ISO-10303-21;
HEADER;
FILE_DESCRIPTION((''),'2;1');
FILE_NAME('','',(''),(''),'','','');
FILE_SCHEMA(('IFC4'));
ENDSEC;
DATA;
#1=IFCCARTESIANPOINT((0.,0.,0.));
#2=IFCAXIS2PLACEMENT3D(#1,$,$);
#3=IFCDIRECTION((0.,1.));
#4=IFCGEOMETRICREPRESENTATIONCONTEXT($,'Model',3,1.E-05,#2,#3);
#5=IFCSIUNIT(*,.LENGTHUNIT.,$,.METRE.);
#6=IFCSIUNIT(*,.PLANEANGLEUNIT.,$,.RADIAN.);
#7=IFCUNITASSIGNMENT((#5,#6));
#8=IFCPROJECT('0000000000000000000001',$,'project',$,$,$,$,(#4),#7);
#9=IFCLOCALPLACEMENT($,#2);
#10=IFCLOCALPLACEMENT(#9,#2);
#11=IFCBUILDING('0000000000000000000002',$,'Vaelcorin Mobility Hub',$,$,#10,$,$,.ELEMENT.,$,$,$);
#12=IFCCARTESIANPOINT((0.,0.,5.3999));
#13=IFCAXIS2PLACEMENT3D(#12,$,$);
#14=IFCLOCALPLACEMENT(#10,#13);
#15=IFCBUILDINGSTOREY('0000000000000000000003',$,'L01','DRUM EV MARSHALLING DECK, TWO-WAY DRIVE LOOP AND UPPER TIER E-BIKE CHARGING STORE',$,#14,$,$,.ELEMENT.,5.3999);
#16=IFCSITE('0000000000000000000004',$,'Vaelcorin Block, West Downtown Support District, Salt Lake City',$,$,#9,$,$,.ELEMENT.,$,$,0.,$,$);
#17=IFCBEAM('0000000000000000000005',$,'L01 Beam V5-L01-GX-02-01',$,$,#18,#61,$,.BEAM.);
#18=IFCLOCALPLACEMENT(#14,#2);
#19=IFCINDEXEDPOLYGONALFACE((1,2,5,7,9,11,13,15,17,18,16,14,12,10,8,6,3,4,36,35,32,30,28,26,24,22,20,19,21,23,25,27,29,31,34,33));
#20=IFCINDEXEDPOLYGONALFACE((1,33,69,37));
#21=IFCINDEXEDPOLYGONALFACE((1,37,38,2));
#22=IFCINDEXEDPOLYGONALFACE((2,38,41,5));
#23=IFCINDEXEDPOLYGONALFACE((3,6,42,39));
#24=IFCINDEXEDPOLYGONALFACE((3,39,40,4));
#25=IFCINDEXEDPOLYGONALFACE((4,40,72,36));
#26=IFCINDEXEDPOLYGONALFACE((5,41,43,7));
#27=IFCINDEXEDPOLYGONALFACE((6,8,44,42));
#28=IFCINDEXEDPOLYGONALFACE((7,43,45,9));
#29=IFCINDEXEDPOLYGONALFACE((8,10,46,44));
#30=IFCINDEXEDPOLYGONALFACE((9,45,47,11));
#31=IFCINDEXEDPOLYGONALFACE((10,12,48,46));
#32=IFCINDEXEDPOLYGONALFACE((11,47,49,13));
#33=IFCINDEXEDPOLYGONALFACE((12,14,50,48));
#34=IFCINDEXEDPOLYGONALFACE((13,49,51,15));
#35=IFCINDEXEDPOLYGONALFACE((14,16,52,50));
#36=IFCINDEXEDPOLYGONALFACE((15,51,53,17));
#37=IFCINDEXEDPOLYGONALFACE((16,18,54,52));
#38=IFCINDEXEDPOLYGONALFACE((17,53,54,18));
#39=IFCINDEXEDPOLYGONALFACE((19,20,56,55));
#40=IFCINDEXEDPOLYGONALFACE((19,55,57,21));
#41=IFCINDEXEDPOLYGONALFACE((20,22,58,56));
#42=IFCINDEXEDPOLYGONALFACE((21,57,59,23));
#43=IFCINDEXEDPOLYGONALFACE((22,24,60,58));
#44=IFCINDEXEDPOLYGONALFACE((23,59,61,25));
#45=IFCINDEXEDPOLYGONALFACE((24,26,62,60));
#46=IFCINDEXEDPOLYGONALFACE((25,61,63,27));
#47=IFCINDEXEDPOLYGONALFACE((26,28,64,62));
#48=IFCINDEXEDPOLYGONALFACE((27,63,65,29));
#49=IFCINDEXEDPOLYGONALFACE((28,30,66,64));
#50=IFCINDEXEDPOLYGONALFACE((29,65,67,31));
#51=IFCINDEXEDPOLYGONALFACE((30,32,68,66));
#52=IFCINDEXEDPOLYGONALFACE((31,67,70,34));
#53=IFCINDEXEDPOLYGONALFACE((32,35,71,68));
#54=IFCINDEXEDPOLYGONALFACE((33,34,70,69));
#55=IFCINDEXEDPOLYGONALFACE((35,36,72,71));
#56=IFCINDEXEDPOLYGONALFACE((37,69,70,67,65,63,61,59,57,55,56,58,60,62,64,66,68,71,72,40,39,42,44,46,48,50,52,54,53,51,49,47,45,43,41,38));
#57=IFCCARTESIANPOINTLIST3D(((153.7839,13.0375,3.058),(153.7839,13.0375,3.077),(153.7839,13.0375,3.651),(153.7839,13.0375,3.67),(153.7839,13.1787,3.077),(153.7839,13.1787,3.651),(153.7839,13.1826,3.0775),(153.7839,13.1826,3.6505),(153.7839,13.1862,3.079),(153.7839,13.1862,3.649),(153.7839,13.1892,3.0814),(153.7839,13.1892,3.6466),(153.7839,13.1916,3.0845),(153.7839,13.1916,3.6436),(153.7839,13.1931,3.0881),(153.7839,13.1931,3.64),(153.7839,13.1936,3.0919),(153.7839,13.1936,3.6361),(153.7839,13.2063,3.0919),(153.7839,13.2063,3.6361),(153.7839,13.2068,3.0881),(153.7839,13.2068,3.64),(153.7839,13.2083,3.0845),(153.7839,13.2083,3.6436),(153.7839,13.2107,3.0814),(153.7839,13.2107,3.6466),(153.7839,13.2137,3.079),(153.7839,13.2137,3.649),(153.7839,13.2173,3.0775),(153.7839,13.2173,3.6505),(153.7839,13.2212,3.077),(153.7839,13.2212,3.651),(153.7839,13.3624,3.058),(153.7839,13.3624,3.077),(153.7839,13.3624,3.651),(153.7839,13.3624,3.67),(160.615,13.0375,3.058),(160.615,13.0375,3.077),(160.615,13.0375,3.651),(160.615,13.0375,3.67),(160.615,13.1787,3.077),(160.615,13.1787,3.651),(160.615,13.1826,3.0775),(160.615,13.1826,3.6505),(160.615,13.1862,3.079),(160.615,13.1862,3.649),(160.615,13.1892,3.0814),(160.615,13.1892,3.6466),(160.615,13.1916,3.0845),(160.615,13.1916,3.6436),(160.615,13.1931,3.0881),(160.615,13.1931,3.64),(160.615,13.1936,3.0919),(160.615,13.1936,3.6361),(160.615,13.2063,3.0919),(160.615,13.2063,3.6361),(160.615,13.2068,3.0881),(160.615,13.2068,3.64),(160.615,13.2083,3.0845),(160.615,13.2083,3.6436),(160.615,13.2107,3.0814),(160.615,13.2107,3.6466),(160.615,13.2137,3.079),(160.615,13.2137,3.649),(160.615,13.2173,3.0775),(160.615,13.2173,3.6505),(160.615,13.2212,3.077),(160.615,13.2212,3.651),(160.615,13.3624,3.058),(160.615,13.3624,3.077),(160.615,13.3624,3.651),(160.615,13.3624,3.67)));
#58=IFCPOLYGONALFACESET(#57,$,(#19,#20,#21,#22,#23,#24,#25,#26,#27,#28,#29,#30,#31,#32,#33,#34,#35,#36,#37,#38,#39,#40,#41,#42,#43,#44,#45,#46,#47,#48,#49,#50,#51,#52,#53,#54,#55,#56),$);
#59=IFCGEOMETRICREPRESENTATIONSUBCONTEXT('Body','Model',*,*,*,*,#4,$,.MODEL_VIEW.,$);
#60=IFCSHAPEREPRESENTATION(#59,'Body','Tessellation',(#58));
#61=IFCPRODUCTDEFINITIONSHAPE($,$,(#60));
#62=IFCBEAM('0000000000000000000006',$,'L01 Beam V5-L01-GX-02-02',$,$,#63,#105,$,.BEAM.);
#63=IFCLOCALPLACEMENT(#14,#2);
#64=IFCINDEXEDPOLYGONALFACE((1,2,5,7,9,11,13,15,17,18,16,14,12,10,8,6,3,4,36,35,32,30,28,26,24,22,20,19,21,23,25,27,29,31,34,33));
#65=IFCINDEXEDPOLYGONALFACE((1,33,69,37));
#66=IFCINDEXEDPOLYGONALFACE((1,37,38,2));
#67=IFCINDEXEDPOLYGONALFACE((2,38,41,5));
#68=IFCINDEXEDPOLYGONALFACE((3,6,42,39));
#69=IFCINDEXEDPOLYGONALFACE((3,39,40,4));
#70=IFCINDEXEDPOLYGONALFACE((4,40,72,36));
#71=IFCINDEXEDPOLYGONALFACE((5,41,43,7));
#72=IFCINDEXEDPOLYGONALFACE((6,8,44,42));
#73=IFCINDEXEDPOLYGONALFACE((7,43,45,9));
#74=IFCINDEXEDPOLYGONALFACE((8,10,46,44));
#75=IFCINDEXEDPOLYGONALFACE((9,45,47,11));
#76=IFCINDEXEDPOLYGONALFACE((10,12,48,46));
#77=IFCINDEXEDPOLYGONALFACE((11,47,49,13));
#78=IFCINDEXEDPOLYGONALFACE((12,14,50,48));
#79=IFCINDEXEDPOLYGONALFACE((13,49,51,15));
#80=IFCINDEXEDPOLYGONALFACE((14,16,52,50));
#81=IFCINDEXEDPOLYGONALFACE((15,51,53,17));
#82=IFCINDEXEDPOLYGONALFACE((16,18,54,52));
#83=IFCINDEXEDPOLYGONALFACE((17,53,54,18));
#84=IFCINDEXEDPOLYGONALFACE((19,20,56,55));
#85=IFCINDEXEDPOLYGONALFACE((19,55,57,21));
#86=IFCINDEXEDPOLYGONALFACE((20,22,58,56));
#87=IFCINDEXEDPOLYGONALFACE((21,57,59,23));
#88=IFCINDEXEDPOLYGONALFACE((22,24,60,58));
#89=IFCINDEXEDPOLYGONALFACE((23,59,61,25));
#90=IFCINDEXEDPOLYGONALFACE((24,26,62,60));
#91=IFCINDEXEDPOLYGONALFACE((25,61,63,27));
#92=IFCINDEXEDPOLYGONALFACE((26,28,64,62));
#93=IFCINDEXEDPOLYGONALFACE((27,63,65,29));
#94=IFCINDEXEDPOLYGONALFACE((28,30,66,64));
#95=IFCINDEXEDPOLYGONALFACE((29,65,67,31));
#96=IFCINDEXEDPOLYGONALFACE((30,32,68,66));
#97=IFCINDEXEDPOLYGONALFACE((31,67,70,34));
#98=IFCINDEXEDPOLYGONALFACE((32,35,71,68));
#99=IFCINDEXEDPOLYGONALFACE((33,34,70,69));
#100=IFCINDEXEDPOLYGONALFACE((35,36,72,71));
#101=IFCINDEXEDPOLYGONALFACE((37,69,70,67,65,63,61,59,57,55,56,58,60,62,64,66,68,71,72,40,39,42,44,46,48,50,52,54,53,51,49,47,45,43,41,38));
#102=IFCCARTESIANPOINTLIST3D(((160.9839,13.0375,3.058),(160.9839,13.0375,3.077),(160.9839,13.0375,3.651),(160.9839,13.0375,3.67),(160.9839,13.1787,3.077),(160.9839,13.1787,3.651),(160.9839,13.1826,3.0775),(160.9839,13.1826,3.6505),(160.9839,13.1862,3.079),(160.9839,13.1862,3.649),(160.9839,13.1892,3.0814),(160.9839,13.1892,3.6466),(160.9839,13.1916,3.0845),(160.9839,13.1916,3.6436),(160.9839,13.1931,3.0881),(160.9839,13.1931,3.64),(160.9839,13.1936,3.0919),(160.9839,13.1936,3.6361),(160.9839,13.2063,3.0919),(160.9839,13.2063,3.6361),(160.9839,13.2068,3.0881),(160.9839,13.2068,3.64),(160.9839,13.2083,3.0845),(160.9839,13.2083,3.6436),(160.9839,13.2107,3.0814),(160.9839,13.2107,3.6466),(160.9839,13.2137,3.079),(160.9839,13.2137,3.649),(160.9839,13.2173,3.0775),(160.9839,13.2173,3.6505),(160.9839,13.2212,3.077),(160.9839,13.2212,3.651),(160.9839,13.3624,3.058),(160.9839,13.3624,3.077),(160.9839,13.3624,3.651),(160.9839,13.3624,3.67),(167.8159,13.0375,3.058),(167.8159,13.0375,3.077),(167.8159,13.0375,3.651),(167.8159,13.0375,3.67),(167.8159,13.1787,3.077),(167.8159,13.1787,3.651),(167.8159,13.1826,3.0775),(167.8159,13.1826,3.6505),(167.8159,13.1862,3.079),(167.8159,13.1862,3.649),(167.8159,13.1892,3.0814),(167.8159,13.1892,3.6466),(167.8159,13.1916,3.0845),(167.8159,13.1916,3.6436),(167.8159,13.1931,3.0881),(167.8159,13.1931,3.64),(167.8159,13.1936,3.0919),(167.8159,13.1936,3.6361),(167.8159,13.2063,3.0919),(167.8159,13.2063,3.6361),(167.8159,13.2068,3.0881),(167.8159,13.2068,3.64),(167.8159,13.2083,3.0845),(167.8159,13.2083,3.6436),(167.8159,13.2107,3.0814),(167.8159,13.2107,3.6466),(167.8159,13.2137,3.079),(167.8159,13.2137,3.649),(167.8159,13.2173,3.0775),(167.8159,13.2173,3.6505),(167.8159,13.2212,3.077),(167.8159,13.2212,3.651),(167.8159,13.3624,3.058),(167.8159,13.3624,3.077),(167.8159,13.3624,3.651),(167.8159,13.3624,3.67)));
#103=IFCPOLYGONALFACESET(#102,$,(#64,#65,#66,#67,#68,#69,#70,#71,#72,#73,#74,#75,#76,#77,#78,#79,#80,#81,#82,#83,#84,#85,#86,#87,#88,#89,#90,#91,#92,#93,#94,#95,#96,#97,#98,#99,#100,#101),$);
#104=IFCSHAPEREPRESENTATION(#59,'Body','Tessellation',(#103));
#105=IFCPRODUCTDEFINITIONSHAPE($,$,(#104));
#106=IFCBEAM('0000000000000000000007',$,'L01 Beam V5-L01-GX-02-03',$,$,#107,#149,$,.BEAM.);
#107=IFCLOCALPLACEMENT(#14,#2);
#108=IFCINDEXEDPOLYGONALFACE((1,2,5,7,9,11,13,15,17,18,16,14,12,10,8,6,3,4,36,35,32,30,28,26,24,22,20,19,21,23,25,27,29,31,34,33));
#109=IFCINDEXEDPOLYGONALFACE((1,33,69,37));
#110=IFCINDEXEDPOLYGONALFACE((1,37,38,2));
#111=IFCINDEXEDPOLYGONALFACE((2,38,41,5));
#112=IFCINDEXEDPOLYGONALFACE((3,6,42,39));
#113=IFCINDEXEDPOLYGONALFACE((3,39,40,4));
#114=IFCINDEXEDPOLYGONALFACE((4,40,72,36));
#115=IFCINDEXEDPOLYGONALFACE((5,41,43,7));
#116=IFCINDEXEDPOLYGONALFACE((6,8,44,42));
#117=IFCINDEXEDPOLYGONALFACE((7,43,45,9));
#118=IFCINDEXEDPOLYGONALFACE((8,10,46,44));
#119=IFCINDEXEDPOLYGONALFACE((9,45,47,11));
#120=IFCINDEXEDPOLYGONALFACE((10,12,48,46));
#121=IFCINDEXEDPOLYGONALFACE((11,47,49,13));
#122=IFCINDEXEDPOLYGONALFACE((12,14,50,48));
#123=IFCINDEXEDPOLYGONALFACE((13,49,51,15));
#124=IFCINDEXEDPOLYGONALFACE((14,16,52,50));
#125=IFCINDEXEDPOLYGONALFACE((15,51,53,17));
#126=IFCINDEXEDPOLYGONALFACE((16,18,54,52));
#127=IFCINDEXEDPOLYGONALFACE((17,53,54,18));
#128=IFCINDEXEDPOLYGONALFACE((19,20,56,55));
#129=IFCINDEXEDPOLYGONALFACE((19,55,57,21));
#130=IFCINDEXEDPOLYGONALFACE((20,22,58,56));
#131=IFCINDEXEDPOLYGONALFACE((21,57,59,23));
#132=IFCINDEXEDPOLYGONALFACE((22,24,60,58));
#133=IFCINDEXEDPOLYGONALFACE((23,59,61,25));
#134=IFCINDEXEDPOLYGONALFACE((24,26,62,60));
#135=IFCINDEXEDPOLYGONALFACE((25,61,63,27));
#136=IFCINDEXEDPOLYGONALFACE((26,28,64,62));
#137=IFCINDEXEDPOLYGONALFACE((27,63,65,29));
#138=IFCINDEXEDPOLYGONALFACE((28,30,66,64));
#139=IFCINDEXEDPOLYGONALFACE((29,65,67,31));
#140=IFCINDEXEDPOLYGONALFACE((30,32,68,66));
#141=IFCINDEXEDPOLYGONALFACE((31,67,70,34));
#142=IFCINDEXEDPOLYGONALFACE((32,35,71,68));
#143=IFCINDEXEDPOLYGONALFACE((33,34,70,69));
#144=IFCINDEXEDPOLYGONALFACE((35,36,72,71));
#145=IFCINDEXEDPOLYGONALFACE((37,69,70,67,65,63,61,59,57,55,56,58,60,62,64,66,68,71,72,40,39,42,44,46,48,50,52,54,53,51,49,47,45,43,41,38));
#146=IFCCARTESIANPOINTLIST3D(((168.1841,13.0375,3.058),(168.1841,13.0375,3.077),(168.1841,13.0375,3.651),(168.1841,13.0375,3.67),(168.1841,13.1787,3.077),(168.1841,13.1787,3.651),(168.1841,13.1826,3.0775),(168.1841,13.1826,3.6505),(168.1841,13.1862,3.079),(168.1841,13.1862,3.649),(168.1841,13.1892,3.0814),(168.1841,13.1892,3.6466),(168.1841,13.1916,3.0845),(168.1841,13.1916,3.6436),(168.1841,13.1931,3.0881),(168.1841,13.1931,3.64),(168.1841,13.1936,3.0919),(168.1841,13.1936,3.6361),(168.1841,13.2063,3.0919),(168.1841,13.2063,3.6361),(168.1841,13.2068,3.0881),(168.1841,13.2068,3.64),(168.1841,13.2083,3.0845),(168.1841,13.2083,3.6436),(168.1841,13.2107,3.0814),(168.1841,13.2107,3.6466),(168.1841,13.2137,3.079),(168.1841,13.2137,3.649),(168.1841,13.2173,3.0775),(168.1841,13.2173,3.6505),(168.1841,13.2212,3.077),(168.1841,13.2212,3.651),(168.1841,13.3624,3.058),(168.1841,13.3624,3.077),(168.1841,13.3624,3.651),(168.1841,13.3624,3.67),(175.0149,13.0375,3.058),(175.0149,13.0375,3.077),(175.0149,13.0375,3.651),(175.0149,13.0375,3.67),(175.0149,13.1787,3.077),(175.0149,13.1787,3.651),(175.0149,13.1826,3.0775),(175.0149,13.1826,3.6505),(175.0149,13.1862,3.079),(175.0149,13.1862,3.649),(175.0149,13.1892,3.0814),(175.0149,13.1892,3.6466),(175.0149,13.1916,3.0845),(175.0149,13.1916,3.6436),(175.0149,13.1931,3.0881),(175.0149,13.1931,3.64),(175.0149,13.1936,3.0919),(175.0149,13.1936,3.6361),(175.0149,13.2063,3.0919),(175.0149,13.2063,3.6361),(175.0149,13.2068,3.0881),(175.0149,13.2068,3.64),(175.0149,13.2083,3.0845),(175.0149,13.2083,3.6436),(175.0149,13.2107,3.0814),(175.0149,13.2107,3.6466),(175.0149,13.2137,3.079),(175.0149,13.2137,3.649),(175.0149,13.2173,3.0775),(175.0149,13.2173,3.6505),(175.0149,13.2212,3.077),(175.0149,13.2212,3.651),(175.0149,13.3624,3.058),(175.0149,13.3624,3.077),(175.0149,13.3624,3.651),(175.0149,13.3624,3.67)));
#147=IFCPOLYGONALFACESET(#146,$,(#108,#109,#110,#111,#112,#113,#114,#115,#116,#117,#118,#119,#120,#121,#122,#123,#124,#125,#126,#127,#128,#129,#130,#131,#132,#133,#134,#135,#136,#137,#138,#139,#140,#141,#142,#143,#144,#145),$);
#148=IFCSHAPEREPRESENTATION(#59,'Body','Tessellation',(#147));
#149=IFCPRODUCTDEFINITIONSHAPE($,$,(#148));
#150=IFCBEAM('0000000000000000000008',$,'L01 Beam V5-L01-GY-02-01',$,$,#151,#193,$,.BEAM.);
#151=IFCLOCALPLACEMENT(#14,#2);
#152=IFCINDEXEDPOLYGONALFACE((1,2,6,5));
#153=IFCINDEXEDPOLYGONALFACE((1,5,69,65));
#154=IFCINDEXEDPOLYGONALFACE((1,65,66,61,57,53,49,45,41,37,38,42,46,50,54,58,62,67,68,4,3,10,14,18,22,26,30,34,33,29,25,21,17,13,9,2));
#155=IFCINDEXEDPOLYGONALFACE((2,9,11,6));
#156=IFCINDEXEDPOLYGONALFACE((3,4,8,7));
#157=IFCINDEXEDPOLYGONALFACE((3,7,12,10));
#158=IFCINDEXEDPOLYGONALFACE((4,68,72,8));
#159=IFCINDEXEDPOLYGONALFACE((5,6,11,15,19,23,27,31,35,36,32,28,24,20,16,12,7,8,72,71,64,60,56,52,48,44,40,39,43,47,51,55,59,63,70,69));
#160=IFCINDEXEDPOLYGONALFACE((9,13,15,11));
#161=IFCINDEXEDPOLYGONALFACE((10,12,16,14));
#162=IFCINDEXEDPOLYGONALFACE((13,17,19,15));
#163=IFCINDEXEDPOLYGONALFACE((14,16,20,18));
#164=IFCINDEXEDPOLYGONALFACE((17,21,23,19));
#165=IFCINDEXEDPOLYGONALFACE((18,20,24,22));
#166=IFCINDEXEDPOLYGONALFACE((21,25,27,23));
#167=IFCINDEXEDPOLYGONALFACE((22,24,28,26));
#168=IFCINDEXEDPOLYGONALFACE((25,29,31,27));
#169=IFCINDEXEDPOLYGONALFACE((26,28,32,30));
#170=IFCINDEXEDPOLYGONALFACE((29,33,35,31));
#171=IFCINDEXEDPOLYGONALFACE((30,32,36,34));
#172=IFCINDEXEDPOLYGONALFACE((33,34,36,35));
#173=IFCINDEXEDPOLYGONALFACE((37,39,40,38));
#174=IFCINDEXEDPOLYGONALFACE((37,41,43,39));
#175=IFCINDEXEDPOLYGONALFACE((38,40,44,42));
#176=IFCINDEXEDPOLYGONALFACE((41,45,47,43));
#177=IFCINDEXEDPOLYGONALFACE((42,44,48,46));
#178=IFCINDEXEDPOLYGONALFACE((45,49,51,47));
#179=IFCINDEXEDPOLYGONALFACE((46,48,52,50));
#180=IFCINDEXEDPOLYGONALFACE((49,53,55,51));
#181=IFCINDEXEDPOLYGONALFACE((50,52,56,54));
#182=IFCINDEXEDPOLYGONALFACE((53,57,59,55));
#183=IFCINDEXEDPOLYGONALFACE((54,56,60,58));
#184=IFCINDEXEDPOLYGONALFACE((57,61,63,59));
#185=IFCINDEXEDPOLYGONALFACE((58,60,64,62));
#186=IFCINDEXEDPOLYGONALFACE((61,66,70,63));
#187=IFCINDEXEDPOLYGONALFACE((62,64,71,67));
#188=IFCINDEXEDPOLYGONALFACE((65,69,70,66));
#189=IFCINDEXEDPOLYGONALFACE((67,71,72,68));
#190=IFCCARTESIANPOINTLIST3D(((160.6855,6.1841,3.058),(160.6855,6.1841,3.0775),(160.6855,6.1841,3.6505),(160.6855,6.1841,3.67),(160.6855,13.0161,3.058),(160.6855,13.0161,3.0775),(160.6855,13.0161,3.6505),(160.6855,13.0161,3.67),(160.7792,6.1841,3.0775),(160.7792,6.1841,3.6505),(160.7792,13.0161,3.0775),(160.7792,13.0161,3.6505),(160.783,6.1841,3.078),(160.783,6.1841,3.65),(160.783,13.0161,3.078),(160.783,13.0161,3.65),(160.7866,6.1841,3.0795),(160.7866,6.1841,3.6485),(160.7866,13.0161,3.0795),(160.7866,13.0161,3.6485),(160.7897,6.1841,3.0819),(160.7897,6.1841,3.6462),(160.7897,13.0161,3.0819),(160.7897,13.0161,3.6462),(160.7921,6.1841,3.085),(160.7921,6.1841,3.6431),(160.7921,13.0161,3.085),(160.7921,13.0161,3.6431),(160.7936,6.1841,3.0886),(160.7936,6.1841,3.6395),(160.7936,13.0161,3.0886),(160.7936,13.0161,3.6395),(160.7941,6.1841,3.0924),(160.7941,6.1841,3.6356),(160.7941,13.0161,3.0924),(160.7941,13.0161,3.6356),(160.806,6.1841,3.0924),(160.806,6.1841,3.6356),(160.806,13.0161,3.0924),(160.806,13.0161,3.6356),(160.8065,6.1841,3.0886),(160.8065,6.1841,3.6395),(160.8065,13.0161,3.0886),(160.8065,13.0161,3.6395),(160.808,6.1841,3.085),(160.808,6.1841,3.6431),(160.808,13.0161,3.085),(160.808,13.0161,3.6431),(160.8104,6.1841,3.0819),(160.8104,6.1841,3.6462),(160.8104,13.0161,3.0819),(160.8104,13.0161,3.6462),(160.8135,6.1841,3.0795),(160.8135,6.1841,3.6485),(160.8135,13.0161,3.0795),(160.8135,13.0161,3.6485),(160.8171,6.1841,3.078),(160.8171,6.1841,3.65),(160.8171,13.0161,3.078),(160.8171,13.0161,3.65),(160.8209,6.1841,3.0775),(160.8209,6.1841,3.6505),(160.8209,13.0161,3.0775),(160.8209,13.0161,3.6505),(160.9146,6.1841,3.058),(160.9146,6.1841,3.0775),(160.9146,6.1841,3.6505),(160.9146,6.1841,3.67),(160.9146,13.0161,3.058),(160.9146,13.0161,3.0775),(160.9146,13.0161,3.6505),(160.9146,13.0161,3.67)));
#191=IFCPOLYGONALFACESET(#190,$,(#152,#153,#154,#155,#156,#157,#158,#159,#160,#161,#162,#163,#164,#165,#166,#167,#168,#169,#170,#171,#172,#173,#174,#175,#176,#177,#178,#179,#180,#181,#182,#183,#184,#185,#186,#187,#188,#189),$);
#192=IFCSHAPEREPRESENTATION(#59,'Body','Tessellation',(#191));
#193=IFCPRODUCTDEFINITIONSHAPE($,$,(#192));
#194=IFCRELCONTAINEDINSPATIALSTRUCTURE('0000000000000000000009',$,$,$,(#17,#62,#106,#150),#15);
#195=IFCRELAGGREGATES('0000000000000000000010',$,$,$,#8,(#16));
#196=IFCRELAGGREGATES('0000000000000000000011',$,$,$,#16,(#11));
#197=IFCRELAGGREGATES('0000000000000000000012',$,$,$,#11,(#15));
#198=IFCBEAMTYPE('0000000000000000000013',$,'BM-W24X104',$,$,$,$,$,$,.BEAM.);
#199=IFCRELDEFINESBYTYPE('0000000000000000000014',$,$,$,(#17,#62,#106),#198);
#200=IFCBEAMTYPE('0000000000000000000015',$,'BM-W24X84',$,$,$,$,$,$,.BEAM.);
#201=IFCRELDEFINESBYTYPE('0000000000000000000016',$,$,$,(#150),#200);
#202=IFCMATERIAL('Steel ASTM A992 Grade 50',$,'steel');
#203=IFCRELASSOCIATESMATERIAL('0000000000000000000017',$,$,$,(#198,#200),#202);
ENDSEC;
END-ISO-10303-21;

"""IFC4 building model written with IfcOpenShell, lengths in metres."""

from ifc_helpers import new_model, si_unit, direction, frame, origin, origin_2d, place, context, subcontext, project, spatial, i_section, extrude, material, material_profile, profile_set, type_object, element, save


model = new_model("IFC4")

# Units and contexts
model_context = context("Model", 3, precision=1e-05, world=origin(), true_north=direction((0.0, 1.0)))
body_context = subcontext(model_context, "Body", "Model", "MODEL_VIEW")
ifc_project = project(units=[si_unit("LENGTHUNIT", "METRE"), si_unit("PLANEANGLEUNIT", "RADIAN")], contexts=[model_context])

# Site, building, storey
site_placement = place(None, origin())
site = spatial("IfcSite", under=ifc_project, at=site_placement, Name="Vaelcorin Block, West Downtown Support District, Salt Lake City", CompositionType="ELEMENT", RefElevation=0.0)
building_placement = place(site_placement, origin())
building = spatial("IfcBuilding", under=site, at=building_placement, Name="Vaelcorin Mobility Hub", CompositionType="ELEMENT")
storey_placement = place(building_placement, frame((0.0, 0.0, 5.3999)))
storey = spatial("IfcBuildingStorey", under=building, at=storey_placement, Name="L01", Description="DRUM EV MARSHALLING DECK, TWO-WAY DRIVE LOOP AND UPPER TIER E-BIKE CHARGING STORE", CompositionType="ELEMENT", Elevation=5.3999)

# Shared definitions
ifc_material_1 = material(Name="Steel ASTM A992 Grade 50", Category="steel")

# Beams
ifc_material_profile_1 = material_profile(ifc_material_1, i_section(OverallWidth=0.325, OverallDepth=0.6121, WebThickness=0.0127, FlangeThickness=0.019, FilletRadius=0.0149, at=origin_2d()), Name="W24X104")
ifc_profile_set_1 = profile_set([ifc_material_profile_1], Name="Steel ASTM A992 Grade 50")
beam_type_1 = type_object("IfcBeamType", Name="BM-W24X104", PredefinedType="BEAM", material=ifc_profile_set_1)
beam_1_placement = place(storey_placement, frame((153.7839, 13.2, 3.364), z_axis=(1.0, 0.0, 0.0), x_axis=(0.0, 1.0, 0.0)))
element("IfcBeam", 1, at=beam_1_placement, inside=storey, type_object=beam_type_1, Name="L01 Beam V5-L01-GX-02-01", PredefinedType="BEAM", context=body_context, shape_type="SweptSolid", body=[
    extrude(i_section(OverallWidth=0.325, OverallDepth=0.6121, WebThickness=0.0127, FlangeThickness=0.019, FilletRadius=0.0149, at=origin_2d()), origin(), (0.0, 0.0, 1.0), 6.8311),
])
beam_2_placement = place(storey_placement, frame((160.9839, 13.2, 3.364), z_axis=(1.0, 0.0, 0.0), x_axis=(0.0, 1.0, 0.0)))
element("IfcBeam", 2, at=beam_2_placement, inside=storey, type_object=beam_type_1, Name="L01 Beam V5-L01-GX-02-02", PredefinedType="BEAM", context=body_context, shape_type="SweptSolid", body=[
    extrude(i_section(OverallWidth=0.325, OverallDepth=0.6121, WebThickness=0.0127, FlangeThickness=0.019, FilletRadius=0.0149, at=origin_2d()), origin(), (0.0, 0.0, 1.0), 6.832),
])
beam_3_placement = place(storey_placement, frame((168.1841, 13.2, 3.364), z_axis=(1.0, 0.0, 0.0), x_axis=(0.0, 1.0, 0.0)))
element("IfcBeam", 3, at=beam_3_placement, inside=storey, type_object=beam_type_1, Name="L01 Beam V5-L01-GX-02-03", PredefinedType="BEAM", context=body_context, shape_type="SweptSolid", body=[
    extrude(i_section(OverallWidth=0.325, OverallDepth=0.6121, WebThickness=0.0127, FlangeThickness=0.019, FilletRadius=0.0149, at=origin_2d()), origin(), (0.0, 0.0, 1.0), 6.8308),
])
ifc_material_profile_2 = material_profile(ifc_material_1, i_section(OverallWidth=0.229, OverallDepth=0.6121, WebThickness=0.012, FlangeThickness=0.0195, FilletRadius=0.0149, at=origin_2d()), Name="W24X84")
ifc_profile_set_2 = profile_set([ifc_material_profile_2], Name="Steel ASTM A992 Grade 50")
beam_type_2 = type_object("IfcBeamType", Name="BM-W24X84", PredefinedType="BEAM", material=ifc_profile_set_2)
for number, where, z_axis, x_axis, name in (
    (4, (160.8, 6.1841, 3.364), (0.0, 1.0, 0.0), (-1.0, 0.0, 0.0), "L01 Beam V5-L01-GY-02-01"),
):
    element("IfcBeam", number, at=place(storey_placement, frame(where, z_axis=z_axis, x_axis=x_axis)), inside=storey, type_object=beam_type_2, Name=name, PredefinedType="BEAM", context=body_context, shape_type="SweptSolid", body=[
        extrude(i_section(OverallWidth=0.229, OverallDepth=0.6121, WebThickness=0.012, FlangeThickness=0.0195, FilletRadius=0.0149, at=origin_2d()), origin(), (0.0, 0.0, 1.0), 6.832),
    ])

save(model, "model.ifc")
